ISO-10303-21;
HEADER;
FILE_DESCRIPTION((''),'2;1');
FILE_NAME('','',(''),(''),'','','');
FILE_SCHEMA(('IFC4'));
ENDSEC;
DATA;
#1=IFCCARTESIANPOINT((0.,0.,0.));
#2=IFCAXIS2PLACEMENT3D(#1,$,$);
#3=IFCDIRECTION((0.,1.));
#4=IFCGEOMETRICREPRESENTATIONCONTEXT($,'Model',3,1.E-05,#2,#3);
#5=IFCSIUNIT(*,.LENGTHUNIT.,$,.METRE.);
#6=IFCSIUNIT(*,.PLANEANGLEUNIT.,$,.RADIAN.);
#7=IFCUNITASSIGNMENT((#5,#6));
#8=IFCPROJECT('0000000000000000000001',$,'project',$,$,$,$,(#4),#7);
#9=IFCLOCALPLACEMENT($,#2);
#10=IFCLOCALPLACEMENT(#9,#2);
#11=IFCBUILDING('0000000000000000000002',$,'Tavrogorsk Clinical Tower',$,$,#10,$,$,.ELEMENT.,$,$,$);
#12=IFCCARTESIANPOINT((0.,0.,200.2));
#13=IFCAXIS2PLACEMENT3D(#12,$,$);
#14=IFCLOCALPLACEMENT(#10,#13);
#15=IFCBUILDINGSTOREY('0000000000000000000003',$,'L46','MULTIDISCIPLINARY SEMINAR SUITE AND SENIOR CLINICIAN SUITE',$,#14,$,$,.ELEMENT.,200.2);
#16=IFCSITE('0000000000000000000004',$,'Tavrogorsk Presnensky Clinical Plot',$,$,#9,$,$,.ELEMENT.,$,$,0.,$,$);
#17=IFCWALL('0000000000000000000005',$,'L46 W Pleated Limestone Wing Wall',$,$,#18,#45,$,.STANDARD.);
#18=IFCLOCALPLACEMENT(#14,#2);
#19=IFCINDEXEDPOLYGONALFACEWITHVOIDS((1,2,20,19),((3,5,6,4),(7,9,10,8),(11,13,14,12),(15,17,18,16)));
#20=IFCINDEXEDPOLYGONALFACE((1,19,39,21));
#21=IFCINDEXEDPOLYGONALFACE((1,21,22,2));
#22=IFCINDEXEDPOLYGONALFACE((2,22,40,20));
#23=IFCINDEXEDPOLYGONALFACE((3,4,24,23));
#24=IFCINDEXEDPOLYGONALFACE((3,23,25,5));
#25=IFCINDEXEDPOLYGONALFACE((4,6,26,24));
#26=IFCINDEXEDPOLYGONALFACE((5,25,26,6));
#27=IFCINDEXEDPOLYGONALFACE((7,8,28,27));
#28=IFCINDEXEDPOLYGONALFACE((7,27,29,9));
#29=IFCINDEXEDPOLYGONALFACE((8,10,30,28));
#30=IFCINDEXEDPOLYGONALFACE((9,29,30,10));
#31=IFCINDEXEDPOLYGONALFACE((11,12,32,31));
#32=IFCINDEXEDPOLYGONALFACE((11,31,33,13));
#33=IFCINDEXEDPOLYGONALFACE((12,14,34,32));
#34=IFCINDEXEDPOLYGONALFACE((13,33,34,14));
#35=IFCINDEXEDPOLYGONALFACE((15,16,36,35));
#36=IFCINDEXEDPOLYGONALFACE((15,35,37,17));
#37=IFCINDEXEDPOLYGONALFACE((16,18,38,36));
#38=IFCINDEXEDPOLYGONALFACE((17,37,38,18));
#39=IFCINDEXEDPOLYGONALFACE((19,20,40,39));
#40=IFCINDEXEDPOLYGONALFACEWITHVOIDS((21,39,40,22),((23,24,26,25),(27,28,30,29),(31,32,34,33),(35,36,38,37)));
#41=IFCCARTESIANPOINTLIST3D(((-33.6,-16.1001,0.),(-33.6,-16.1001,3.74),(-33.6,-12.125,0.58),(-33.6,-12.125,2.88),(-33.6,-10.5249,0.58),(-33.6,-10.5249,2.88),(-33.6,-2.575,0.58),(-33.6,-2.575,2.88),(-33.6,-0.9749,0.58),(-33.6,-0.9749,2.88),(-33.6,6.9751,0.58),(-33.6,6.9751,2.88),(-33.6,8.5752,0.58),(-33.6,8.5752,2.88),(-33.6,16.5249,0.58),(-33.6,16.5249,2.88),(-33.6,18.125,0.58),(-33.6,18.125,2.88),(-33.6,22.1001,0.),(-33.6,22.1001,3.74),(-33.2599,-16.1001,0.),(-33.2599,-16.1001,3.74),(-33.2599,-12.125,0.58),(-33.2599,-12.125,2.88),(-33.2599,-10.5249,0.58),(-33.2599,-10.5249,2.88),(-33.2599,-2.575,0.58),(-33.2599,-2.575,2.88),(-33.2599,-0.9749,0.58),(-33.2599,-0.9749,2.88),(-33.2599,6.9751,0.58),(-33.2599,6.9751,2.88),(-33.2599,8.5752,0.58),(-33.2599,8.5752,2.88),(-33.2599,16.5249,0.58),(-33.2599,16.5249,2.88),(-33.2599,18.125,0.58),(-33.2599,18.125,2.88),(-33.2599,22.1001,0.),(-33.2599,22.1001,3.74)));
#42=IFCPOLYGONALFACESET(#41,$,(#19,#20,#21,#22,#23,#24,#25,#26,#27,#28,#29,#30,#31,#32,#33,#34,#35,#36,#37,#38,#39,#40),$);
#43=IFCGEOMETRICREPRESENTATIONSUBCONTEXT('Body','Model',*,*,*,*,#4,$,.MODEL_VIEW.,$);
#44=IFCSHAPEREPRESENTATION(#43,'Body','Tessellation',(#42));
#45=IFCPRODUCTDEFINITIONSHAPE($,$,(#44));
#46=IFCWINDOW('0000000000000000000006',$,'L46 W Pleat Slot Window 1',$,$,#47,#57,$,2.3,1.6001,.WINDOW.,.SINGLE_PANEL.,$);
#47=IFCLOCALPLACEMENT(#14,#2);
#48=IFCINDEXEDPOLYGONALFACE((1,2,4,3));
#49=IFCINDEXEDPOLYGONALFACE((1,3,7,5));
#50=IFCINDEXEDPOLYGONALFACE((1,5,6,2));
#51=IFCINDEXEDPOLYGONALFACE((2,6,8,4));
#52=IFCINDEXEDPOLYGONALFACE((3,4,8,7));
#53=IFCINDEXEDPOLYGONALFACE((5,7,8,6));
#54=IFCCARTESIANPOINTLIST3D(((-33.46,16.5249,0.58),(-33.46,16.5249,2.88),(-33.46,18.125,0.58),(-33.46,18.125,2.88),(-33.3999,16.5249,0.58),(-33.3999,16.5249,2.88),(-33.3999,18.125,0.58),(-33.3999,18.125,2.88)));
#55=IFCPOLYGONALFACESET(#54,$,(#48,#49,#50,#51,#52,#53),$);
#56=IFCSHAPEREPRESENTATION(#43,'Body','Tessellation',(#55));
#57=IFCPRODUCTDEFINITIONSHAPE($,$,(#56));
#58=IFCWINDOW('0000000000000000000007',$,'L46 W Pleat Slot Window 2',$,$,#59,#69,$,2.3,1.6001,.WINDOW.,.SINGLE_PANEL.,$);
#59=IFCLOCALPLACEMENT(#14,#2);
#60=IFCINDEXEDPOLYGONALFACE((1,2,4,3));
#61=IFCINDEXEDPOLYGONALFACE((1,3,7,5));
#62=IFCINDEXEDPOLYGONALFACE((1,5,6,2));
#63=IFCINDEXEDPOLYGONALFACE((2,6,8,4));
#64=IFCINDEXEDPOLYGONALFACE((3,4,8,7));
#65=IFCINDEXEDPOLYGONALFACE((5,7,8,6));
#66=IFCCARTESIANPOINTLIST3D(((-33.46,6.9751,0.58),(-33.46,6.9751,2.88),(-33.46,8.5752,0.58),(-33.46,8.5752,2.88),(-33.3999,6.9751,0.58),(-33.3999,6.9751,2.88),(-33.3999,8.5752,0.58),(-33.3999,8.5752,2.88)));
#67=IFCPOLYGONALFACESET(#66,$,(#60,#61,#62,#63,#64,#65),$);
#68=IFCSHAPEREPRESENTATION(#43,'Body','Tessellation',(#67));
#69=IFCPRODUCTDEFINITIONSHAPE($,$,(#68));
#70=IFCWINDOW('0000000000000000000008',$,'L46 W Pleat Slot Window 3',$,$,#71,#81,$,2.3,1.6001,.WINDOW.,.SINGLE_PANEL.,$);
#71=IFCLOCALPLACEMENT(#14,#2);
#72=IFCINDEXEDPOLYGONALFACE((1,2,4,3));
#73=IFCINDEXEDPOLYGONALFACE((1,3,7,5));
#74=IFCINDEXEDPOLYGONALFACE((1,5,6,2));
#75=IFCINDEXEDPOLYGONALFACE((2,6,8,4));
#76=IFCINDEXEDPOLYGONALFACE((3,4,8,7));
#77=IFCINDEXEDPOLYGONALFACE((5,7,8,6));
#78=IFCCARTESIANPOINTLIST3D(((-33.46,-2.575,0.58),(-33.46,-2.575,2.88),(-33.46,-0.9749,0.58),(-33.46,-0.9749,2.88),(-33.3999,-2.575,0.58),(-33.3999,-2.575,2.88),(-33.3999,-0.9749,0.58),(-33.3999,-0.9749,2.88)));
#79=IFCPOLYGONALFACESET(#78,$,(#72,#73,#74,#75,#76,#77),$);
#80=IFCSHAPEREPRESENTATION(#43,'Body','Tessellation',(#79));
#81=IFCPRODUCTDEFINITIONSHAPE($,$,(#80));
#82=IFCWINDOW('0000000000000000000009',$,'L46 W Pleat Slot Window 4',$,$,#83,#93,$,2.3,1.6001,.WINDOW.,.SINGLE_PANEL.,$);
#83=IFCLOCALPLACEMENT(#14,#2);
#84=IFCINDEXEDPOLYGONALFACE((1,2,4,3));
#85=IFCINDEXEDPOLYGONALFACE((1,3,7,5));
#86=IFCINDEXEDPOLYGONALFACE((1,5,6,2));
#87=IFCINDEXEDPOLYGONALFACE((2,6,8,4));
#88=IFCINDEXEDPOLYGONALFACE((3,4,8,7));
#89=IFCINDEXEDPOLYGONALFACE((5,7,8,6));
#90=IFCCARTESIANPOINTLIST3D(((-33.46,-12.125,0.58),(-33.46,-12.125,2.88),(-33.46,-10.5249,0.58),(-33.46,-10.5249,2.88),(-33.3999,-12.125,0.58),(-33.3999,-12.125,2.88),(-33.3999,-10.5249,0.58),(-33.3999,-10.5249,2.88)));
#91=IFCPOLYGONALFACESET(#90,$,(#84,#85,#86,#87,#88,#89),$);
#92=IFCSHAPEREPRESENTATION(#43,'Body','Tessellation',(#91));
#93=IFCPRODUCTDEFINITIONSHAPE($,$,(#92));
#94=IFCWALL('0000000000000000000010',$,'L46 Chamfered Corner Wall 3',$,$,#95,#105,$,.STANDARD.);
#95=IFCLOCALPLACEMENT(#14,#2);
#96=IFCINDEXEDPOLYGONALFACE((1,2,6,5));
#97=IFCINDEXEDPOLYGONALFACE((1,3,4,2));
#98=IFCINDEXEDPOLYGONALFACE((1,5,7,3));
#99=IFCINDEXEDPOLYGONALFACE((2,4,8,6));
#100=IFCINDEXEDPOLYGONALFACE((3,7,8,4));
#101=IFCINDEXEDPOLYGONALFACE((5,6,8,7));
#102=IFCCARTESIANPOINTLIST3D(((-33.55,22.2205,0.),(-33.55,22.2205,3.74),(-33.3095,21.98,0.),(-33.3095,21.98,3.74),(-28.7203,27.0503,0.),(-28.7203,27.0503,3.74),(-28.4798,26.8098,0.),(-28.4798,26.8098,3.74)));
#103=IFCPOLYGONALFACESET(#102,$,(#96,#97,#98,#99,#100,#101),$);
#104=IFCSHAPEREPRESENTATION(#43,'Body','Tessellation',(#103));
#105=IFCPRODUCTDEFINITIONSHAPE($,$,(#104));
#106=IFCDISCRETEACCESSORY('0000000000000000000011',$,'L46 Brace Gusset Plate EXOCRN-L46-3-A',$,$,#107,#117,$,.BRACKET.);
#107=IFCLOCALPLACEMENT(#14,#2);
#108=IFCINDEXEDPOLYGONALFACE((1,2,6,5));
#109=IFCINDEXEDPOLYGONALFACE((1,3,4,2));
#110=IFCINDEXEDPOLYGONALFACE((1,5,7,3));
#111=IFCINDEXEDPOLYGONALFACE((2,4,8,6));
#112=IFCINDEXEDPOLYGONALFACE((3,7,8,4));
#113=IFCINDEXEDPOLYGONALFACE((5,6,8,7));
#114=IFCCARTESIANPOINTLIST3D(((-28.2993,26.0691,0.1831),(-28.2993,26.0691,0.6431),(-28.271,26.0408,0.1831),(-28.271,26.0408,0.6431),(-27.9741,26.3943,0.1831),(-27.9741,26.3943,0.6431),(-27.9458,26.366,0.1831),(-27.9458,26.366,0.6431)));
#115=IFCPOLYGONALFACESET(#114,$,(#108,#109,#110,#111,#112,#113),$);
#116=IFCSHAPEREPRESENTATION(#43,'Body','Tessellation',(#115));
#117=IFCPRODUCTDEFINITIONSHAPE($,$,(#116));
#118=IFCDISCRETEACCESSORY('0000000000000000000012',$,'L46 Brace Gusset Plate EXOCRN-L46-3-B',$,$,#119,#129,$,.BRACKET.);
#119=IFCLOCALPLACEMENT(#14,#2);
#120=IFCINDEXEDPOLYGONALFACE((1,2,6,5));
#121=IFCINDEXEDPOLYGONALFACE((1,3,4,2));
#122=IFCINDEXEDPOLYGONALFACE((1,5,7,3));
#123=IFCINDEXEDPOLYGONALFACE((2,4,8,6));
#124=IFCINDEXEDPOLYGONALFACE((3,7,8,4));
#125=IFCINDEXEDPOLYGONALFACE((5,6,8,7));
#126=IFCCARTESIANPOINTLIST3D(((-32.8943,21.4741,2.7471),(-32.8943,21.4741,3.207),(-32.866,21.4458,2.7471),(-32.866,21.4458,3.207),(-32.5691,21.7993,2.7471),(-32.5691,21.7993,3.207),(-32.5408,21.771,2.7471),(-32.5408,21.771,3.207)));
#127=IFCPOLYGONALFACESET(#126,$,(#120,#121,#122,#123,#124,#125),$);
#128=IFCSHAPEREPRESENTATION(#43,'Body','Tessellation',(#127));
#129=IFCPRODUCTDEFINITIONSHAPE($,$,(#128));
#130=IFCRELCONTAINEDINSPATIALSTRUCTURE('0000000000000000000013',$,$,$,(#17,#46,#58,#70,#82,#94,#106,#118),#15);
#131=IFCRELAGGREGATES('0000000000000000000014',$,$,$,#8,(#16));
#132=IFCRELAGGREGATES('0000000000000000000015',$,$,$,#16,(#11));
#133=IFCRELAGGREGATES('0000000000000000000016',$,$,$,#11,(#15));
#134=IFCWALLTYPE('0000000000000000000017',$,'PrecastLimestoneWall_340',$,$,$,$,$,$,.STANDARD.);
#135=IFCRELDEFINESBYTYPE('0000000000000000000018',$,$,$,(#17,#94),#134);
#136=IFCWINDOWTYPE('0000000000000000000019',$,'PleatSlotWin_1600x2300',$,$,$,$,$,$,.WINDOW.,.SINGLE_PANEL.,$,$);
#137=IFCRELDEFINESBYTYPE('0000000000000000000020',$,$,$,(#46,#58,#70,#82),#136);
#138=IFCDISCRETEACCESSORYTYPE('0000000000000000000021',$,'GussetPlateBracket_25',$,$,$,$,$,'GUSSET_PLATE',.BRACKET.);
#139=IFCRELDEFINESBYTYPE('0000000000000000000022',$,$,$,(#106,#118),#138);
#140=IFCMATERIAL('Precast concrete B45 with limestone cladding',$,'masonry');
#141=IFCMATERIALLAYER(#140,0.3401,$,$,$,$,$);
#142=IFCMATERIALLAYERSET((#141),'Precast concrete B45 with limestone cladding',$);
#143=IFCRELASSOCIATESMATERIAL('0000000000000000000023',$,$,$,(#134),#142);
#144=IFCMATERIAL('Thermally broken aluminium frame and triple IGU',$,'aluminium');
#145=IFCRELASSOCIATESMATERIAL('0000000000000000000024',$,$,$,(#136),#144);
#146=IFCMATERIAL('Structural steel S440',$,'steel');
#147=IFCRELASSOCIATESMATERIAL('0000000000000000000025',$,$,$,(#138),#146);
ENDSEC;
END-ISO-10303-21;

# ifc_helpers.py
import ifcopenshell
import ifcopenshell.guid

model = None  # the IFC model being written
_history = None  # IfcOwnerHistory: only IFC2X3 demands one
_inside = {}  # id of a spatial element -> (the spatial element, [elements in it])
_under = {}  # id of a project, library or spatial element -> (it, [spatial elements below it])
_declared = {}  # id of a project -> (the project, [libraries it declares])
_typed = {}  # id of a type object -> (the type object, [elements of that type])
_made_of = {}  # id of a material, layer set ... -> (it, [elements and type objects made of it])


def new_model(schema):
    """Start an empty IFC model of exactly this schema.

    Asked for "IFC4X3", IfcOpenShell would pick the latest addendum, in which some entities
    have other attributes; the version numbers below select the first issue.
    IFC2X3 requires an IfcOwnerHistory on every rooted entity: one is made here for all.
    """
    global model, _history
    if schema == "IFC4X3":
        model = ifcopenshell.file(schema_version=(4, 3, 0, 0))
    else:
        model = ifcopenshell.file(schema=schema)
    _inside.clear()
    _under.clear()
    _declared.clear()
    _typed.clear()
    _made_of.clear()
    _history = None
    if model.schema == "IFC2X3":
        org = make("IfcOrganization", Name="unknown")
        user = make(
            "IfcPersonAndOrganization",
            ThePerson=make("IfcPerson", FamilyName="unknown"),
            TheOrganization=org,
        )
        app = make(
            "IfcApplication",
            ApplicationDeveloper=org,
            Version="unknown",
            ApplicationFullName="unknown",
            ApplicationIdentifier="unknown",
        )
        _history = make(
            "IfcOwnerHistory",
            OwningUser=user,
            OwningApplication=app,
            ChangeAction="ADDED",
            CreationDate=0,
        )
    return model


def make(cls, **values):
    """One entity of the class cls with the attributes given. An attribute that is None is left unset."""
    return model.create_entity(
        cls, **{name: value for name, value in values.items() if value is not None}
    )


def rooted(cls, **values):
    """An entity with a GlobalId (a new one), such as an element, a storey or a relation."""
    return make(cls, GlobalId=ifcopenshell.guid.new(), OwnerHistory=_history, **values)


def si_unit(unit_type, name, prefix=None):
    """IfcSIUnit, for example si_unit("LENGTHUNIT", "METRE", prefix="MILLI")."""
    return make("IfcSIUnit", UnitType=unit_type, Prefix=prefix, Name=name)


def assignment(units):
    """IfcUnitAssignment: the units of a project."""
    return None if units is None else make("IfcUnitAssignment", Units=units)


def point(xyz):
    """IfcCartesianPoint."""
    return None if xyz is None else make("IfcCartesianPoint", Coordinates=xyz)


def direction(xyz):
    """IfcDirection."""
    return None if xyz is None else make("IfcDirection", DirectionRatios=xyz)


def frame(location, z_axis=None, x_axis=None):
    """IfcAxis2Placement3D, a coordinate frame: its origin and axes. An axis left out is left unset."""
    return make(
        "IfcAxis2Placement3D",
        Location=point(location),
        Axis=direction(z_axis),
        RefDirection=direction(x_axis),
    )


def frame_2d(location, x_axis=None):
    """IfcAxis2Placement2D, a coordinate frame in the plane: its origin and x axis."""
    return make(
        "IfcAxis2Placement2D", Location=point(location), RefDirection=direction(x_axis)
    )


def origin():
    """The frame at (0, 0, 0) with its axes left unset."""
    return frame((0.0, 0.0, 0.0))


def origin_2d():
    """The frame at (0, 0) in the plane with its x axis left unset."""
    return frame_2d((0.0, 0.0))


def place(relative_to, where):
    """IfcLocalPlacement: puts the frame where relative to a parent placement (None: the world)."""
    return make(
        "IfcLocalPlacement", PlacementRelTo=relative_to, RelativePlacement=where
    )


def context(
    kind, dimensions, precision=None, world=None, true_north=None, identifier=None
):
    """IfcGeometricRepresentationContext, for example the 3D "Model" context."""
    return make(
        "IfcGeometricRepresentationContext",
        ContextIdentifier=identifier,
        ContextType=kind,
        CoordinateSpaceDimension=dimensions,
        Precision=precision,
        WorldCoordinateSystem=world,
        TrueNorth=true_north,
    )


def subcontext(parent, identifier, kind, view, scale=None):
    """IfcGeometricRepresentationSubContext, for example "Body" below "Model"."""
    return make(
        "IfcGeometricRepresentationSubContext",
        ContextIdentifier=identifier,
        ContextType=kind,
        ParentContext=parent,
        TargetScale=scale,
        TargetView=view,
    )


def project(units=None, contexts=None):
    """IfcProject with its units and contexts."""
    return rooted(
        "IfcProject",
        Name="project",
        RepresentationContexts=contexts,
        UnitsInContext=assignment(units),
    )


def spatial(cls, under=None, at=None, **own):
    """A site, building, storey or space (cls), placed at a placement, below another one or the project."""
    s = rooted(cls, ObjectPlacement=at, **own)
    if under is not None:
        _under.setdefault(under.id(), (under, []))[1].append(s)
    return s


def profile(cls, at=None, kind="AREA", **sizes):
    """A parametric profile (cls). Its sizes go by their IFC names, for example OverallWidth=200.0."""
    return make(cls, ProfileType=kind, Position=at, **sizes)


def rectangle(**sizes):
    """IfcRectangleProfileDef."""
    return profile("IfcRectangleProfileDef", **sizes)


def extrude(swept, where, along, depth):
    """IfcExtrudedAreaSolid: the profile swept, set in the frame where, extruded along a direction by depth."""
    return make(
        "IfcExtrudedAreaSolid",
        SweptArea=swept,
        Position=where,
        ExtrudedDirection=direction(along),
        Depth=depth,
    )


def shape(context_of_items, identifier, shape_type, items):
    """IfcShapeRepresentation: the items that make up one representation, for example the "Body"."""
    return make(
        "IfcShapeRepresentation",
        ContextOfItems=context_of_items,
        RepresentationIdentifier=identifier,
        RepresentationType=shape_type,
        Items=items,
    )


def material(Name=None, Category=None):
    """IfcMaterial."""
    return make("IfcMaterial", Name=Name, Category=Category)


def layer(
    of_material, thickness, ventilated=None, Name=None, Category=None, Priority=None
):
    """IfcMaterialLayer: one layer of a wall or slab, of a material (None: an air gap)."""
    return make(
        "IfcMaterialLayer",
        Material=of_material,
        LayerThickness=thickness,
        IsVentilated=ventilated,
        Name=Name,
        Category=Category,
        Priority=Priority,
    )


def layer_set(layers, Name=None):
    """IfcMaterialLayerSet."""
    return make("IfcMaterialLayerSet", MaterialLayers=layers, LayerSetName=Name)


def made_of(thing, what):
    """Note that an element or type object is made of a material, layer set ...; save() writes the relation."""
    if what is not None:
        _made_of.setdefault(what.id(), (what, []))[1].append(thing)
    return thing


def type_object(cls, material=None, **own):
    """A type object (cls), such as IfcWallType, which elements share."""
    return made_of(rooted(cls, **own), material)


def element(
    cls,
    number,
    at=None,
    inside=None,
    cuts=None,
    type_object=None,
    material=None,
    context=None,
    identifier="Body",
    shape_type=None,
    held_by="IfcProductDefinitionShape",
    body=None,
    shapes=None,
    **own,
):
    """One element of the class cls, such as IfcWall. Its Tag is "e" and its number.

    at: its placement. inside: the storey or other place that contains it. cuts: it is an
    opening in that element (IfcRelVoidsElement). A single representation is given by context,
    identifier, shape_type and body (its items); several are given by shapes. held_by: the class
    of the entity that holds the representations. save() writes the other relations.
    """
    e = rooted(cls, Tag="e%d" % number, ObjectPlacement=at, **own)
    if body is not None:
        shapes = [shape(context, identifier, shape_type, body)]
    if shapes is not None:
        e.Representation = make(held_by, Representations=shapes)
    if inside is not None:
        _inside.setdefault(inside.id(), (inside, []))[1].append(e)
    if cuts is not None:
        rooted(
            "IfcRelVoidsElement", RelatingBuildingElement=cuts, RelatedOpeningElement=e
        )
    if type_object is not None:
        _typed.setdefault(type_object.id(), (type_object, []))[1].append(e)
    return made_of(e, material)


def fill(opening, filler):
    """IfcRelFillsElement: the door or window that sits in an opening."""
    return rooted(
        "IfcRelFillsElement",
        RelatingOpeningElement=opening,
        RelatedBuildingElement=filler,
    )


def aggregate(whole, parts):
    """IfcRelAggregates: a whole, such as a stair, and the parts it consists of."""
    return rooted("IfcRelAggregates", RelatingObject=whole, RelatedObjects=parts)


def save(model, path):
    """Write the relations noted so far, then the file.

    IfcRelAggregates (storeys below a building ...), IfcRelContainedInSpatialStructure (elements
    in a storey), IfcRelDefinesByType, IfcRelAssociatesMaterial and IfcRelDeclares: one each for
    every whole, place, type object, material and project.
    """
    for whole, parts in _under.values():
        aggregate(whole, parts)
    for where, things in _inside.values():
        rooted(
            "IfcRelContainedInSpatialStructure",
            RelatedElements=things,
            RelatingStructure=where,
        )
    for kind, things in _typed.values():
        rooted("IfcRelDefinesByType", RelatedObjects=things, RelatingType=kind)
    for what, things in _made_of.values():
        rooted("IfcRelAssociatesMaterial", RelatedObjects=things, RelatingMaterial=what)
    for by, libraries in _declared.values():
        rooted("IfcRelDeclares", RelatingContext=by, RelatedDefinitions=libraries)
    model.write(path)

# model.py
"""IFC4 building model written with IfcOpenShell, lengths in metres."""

from ifc_helpers import new_model, si_unit, direction, frame, frame_2d, origin, origin_2d, place, context, subcontext, project, spatial, rectangle, extrude, material, layer, layer_set, type_object, element, fill, save


model = new_model("IFC4")

# Units and contexts
model_context = context("Model", 3, precision=1e-05, world=origin(), true_north=direction((0.0, 1.0)))
body_context = subcontext(model_context, "Body", "Model", "MODEL_VIEW")
ifc_project = project(units=[si_unit("LENGTHUNIT", "METRE"), si_unit("PLANEANGLEUNIT", "RADIAN")], contexts=[model_context])

# Site, building, storey
site_placement = place(None, origin())
site = spatial("IfcSite", under=ifc_project, at=site_placement, Name="Tavrogorsk Presnensky Clinical Plot", CompositionType="ELEMENT", RefElevation=0.0)
building_placement = place(site_placement, origin())
building = spatial("IfcBuilding", under=site, at=building_placement, Name="Tavrogorsk Clinical Tower", CompositionType="ELEMENT")
storey_placement = place(building_placement, frame((0.0, 0.0, 200.2)))
storey = spatial("IfcBuildingStorey", under=building, at=storey_placement, Name="L46", Description="MULTIDISCIPLINARY SEMINAR SUITE AND SENIOR CLINICIAN SUITE", CompositionType="ELEMENT", Elevation=200.2)

# Wall, openings, windows
ifc_material_1 = material(Name="Precast concrete B45 with limestone cladding", Category="masonry")
ifc_layer_1 = layer(ifc_material_1, 0.3401)
ifc_layer_set_1 = layer_set([ifc_layer_1], Name="Precast concrete B45 with limestone cladding")
wall_type_1 = type_object("IfcWallType", Name="PrecastLimestoneWall_340", PredefinedType="STANDARD", material=ifc_layer_set_1)
wall_1_placement = place(storey_placement, frame((-33.4299, 22.1001, 0.0), z_axis=(0.0, 0.0, 1.0), x_axis=(0.0, -1.0, 0.0)))
wall_1 = element("IfcWall", 1, at=wall_1_placement, inside=storey, type_object=wall_type_1, Name="L46 W Pleated Limestone Wing Wall", PredefinedType="STANDARD", context=body_context, shape_type="SweptSolid", body=[
    extrude(rectangle(XDim=38.2002, YDim=0.3401, at=frame_2d((19.1001, 0.0))), origin(), (0.0, 0.0, 1.0), 3.74),
])
opening_1_placement = place(wall_1_placement, frame((3.9751, 0.0, 0.5801)))
opening_1 = element("IfcOpeningElement", 2, at=opening_1_placement, cuts=wall_1, PredefinedType="OPENING", context=body_context, shape_type="SweptSolid", body=[
    extrude(rectangle(XDim=1.6001, YDim=2.3, at=frame_2d((0.8, 1.1499))), frame((0.0, 0.1799, 0.0), z_axis=(0.0, -1.0, 0.0), x_axis=(1.0, 0.0, 0.0)), (0.0, 0.0, 1.0), 0.3601),
])
opening_2_placement = place(wall_1_placement, frame((13.5249, 0.0, 0.5801)))
opening_2 = element("IfcOpeningElement", 3, at=opening_2_placement, cuts=wall_1, PredefinedType="OPENING", context=body_context, shape_type="SweptSolid", body=[
    extrude(rectangle(XDim=1.6001, YDim=2.3, at=frame_2d((0.8, 1.1499))), frame((0.0, 0.1799, 0.0), z_axis=(0.0, -1.0, 0.0), x_axis=(1.0, 0.0, 0.0)), (0.0, 0.0, 1.0), 0.3601),
])
opening_3_placement = place(wall_1_placement, frame((23.075, 0.0, 0.5801)))
opening_3 = element("IfcOpeningElement", 4, at=opening_3_placement, cuts=wall_1, PredefinedType="OPENING", context=body_context, shape_type="SweptSolid", body=[
    extrude(rectangle(XDim=1.6001, YDim=2.3, at=frame_2d((0.8, 1.1499))), frame((0.0, 0.1799, 0.0), z_axis=(0.0, -1.0, 0.0), x_axis=(1.0, 0.0, 0.0)), (0.0, 0.0, 1.0), 0.3601),
])
opening_4_placement = place(wall_1_placement, frame((32.625, 0.0, 0.5801)))
opening_4 = element("IfcOpeningElement", 5, at=opening_4_placement, cuts=wall_1, PredefinedType="OPENING", context=body_context, shape_type="SweptSolid", body=[
    extrude(rectangle(XDim=1.6001, YDim=2.3, at=frame_2d((0.8, 1.1499))), frame((0.0, 0.1799, 0.0), z_axis=(0.0, -1.0, 0.0), x_axis=(1.0, 0.0, 0.0)), (0.0, 0.0, 1.0), 0.3601),
])
ifc_material_2 = material(Name="Thermally broken aluminium frame and triple IGU", Category="aluminium")
window_type = type_object("IfcWindowType", Name="PleatSlotWin_1600x2300", PartitioningType="SINGLE_PANEL", PredefinedType="WINDOW", material=ifc_material_2)
window_1_placement = place(opening_1_placement, origin())
window_1 = element("IfcWindow", 6, at=window_1_placement, inside=storey, type_object=window_type, Name="L46 W Pleat Slot Window 1", OverallHeight=2.3, OverallWidth=1.6001, PartitioningType="SINGLE_PANEL", PredefinedType="WINDOW", context=body_context, shape_type="SweptSolid", body=[
    extrude(rectangle(XDim=1.6001, YDim=2.3, at=frame_2d((0.8, 1.1499))), frame((0.0, 0.03, 0.0), z_axis=(0.0, -1.0, 0.0), x_axis=(1.0, 0.0, 0.0)), (0.0, 0.0, 1.0), 0.0601),
])
fill(opening_1, window_1)
window_2_placement = place(opening_2_placement, origin())
window_2 = element("IfcWindow", 7, at=window_2_placement, inside=storey, type_object=window_type, Name="L46 W Pleat Slot Window 2", OverallHeight=2.3, OverallWidth=1.6001, PartitioningType="SINGLE_PANEL", PredefinedType="WINDOW", context=body_context, shape_type="SweptSolid", body=[
    extrude(rectangle(XDim=1.6001, YDim=2.3, at=frame_2d((0.8, 1.1499))), frame((0.0, 0.03, 0.0), z_axis=(0.0, -1.0, 0.0), x_axis=(1.0, 0.0, 0.0)), (0.0, 0.0, 1.0), 0.0601),
])
fill(opening_2, window_2)
window_3_placement = place(opening_3_placement, origin())
window_3 = element("IfcWindow", 8, at=window_3_placement, inside=storey, type_object=window_type, Name="L46 W Pleat Slot Window 3", OverallHeight=2.3, OverallWidth=1.6001, PartitioningType="SINGLE_PANEL", PredefinedType="WINDOW", context=body_context, shape_type="SweptSolid", body=[
    extrude(rectangle(XDim=1.6001, YDim=2.3, at=frame_2d((0.8, 1.1499))), frame((0.0, 0.03, 0.0), z_axis=(0.0, -1.0, 0.0), x_axis=(1.0, 0.0, 0.0)), (0.0, 0.0, 1.0), 0.0601),
])
fill(opening_3, window_3)
window_4_placement = place(opening_4_placement, origin())
window_4 = element("IfcWindow", 9, at=window_4_placement, inside=storey, type_object=window_type, Name="L46 W Pleat Slot Window 4", OverallHeight=2.3, OverallWidth=1.6001, PartitioningType="SINGLE_PANEL", PredefinedType="WINDOW", context=body_context, shape_type="SweptSolid", body=[
    extrude(rectangle(XDim=1.6001, YDim=2.3, at=frame_2d((0.8, 1.1499))), frame((0.0, 0.03, 0.0), z_axis=(0.0, -1.0, 0.0), x_axis=(1.0, 0.0, 0.0)), (0.0, 0.0, 1.0), 0.0601),
])
fill(opening_4, window_4)

# Wall
wall_2_placement = place(storey_placement, frame((-28.6001, 26.9299, 0.0), z_axis=(0.0, 0.0, 1.0), x_axis=(-0.707107, -0.707107, 0.0)))
element("IfcWall", 10, at=wall_2_placement, inside=storey, type_object=wall_type_1, Name="L46 Chamfered Corner Wall 3", PredefinedType="STANDARD", context=body_context, shape_type="SweptSolid", body=[
    extrude(rectangle(XDim=6.8303, YDim=0.3401, at=frame_2d((3.415, 0.0))), origin(), (0.0, 0.0, 1.0), 3.74),
])

# Discrete accessories
ifc_material_3 = material(Name="Structural steel S440", Category="steel")
discrete_accessory_type = type_object("IfcDiscreteAccessoryType", Name="GussetPlateBracket_25", ElementType="GUSSET_PLATE", PredefinedType="BRACKET", material=ifc_material_3)
for number, where, z_axis, x_axis, name in (
    (11, (-28.1226, 26.2175, 0.1831), (0.0, 0.0, 1.0), (-0.707107, -0.707107, 0.0), "L46 Brace Gusset Plate EXOCRN-L46-3-A"),
    (12, (-32.7175, 21.6226, 2.7471), (0.0, 0.0, 1.0), (-0.707107, -0.707107, 0.0), "L46 Brace Gusset Plate EXOCRN-L46-3-B"),
):
    element("IfcDiscreteAccessory", number, at=place(storey_placement, frame(where, z_axis=z_axis, x_axis=x_axis)), inside=storey, type_object=discrete_accessory_type, Name=name, PredefinedType="BRACKET", context=body_context, shape_type="SweptSolid", body=[
        extrude(rectangle(XDim=0.46, YDim=0.04, at=origin_2d()), origin(), (0.0, 0.0, 1.0), 0.46),
    ])

save(model, "model.ifc")
